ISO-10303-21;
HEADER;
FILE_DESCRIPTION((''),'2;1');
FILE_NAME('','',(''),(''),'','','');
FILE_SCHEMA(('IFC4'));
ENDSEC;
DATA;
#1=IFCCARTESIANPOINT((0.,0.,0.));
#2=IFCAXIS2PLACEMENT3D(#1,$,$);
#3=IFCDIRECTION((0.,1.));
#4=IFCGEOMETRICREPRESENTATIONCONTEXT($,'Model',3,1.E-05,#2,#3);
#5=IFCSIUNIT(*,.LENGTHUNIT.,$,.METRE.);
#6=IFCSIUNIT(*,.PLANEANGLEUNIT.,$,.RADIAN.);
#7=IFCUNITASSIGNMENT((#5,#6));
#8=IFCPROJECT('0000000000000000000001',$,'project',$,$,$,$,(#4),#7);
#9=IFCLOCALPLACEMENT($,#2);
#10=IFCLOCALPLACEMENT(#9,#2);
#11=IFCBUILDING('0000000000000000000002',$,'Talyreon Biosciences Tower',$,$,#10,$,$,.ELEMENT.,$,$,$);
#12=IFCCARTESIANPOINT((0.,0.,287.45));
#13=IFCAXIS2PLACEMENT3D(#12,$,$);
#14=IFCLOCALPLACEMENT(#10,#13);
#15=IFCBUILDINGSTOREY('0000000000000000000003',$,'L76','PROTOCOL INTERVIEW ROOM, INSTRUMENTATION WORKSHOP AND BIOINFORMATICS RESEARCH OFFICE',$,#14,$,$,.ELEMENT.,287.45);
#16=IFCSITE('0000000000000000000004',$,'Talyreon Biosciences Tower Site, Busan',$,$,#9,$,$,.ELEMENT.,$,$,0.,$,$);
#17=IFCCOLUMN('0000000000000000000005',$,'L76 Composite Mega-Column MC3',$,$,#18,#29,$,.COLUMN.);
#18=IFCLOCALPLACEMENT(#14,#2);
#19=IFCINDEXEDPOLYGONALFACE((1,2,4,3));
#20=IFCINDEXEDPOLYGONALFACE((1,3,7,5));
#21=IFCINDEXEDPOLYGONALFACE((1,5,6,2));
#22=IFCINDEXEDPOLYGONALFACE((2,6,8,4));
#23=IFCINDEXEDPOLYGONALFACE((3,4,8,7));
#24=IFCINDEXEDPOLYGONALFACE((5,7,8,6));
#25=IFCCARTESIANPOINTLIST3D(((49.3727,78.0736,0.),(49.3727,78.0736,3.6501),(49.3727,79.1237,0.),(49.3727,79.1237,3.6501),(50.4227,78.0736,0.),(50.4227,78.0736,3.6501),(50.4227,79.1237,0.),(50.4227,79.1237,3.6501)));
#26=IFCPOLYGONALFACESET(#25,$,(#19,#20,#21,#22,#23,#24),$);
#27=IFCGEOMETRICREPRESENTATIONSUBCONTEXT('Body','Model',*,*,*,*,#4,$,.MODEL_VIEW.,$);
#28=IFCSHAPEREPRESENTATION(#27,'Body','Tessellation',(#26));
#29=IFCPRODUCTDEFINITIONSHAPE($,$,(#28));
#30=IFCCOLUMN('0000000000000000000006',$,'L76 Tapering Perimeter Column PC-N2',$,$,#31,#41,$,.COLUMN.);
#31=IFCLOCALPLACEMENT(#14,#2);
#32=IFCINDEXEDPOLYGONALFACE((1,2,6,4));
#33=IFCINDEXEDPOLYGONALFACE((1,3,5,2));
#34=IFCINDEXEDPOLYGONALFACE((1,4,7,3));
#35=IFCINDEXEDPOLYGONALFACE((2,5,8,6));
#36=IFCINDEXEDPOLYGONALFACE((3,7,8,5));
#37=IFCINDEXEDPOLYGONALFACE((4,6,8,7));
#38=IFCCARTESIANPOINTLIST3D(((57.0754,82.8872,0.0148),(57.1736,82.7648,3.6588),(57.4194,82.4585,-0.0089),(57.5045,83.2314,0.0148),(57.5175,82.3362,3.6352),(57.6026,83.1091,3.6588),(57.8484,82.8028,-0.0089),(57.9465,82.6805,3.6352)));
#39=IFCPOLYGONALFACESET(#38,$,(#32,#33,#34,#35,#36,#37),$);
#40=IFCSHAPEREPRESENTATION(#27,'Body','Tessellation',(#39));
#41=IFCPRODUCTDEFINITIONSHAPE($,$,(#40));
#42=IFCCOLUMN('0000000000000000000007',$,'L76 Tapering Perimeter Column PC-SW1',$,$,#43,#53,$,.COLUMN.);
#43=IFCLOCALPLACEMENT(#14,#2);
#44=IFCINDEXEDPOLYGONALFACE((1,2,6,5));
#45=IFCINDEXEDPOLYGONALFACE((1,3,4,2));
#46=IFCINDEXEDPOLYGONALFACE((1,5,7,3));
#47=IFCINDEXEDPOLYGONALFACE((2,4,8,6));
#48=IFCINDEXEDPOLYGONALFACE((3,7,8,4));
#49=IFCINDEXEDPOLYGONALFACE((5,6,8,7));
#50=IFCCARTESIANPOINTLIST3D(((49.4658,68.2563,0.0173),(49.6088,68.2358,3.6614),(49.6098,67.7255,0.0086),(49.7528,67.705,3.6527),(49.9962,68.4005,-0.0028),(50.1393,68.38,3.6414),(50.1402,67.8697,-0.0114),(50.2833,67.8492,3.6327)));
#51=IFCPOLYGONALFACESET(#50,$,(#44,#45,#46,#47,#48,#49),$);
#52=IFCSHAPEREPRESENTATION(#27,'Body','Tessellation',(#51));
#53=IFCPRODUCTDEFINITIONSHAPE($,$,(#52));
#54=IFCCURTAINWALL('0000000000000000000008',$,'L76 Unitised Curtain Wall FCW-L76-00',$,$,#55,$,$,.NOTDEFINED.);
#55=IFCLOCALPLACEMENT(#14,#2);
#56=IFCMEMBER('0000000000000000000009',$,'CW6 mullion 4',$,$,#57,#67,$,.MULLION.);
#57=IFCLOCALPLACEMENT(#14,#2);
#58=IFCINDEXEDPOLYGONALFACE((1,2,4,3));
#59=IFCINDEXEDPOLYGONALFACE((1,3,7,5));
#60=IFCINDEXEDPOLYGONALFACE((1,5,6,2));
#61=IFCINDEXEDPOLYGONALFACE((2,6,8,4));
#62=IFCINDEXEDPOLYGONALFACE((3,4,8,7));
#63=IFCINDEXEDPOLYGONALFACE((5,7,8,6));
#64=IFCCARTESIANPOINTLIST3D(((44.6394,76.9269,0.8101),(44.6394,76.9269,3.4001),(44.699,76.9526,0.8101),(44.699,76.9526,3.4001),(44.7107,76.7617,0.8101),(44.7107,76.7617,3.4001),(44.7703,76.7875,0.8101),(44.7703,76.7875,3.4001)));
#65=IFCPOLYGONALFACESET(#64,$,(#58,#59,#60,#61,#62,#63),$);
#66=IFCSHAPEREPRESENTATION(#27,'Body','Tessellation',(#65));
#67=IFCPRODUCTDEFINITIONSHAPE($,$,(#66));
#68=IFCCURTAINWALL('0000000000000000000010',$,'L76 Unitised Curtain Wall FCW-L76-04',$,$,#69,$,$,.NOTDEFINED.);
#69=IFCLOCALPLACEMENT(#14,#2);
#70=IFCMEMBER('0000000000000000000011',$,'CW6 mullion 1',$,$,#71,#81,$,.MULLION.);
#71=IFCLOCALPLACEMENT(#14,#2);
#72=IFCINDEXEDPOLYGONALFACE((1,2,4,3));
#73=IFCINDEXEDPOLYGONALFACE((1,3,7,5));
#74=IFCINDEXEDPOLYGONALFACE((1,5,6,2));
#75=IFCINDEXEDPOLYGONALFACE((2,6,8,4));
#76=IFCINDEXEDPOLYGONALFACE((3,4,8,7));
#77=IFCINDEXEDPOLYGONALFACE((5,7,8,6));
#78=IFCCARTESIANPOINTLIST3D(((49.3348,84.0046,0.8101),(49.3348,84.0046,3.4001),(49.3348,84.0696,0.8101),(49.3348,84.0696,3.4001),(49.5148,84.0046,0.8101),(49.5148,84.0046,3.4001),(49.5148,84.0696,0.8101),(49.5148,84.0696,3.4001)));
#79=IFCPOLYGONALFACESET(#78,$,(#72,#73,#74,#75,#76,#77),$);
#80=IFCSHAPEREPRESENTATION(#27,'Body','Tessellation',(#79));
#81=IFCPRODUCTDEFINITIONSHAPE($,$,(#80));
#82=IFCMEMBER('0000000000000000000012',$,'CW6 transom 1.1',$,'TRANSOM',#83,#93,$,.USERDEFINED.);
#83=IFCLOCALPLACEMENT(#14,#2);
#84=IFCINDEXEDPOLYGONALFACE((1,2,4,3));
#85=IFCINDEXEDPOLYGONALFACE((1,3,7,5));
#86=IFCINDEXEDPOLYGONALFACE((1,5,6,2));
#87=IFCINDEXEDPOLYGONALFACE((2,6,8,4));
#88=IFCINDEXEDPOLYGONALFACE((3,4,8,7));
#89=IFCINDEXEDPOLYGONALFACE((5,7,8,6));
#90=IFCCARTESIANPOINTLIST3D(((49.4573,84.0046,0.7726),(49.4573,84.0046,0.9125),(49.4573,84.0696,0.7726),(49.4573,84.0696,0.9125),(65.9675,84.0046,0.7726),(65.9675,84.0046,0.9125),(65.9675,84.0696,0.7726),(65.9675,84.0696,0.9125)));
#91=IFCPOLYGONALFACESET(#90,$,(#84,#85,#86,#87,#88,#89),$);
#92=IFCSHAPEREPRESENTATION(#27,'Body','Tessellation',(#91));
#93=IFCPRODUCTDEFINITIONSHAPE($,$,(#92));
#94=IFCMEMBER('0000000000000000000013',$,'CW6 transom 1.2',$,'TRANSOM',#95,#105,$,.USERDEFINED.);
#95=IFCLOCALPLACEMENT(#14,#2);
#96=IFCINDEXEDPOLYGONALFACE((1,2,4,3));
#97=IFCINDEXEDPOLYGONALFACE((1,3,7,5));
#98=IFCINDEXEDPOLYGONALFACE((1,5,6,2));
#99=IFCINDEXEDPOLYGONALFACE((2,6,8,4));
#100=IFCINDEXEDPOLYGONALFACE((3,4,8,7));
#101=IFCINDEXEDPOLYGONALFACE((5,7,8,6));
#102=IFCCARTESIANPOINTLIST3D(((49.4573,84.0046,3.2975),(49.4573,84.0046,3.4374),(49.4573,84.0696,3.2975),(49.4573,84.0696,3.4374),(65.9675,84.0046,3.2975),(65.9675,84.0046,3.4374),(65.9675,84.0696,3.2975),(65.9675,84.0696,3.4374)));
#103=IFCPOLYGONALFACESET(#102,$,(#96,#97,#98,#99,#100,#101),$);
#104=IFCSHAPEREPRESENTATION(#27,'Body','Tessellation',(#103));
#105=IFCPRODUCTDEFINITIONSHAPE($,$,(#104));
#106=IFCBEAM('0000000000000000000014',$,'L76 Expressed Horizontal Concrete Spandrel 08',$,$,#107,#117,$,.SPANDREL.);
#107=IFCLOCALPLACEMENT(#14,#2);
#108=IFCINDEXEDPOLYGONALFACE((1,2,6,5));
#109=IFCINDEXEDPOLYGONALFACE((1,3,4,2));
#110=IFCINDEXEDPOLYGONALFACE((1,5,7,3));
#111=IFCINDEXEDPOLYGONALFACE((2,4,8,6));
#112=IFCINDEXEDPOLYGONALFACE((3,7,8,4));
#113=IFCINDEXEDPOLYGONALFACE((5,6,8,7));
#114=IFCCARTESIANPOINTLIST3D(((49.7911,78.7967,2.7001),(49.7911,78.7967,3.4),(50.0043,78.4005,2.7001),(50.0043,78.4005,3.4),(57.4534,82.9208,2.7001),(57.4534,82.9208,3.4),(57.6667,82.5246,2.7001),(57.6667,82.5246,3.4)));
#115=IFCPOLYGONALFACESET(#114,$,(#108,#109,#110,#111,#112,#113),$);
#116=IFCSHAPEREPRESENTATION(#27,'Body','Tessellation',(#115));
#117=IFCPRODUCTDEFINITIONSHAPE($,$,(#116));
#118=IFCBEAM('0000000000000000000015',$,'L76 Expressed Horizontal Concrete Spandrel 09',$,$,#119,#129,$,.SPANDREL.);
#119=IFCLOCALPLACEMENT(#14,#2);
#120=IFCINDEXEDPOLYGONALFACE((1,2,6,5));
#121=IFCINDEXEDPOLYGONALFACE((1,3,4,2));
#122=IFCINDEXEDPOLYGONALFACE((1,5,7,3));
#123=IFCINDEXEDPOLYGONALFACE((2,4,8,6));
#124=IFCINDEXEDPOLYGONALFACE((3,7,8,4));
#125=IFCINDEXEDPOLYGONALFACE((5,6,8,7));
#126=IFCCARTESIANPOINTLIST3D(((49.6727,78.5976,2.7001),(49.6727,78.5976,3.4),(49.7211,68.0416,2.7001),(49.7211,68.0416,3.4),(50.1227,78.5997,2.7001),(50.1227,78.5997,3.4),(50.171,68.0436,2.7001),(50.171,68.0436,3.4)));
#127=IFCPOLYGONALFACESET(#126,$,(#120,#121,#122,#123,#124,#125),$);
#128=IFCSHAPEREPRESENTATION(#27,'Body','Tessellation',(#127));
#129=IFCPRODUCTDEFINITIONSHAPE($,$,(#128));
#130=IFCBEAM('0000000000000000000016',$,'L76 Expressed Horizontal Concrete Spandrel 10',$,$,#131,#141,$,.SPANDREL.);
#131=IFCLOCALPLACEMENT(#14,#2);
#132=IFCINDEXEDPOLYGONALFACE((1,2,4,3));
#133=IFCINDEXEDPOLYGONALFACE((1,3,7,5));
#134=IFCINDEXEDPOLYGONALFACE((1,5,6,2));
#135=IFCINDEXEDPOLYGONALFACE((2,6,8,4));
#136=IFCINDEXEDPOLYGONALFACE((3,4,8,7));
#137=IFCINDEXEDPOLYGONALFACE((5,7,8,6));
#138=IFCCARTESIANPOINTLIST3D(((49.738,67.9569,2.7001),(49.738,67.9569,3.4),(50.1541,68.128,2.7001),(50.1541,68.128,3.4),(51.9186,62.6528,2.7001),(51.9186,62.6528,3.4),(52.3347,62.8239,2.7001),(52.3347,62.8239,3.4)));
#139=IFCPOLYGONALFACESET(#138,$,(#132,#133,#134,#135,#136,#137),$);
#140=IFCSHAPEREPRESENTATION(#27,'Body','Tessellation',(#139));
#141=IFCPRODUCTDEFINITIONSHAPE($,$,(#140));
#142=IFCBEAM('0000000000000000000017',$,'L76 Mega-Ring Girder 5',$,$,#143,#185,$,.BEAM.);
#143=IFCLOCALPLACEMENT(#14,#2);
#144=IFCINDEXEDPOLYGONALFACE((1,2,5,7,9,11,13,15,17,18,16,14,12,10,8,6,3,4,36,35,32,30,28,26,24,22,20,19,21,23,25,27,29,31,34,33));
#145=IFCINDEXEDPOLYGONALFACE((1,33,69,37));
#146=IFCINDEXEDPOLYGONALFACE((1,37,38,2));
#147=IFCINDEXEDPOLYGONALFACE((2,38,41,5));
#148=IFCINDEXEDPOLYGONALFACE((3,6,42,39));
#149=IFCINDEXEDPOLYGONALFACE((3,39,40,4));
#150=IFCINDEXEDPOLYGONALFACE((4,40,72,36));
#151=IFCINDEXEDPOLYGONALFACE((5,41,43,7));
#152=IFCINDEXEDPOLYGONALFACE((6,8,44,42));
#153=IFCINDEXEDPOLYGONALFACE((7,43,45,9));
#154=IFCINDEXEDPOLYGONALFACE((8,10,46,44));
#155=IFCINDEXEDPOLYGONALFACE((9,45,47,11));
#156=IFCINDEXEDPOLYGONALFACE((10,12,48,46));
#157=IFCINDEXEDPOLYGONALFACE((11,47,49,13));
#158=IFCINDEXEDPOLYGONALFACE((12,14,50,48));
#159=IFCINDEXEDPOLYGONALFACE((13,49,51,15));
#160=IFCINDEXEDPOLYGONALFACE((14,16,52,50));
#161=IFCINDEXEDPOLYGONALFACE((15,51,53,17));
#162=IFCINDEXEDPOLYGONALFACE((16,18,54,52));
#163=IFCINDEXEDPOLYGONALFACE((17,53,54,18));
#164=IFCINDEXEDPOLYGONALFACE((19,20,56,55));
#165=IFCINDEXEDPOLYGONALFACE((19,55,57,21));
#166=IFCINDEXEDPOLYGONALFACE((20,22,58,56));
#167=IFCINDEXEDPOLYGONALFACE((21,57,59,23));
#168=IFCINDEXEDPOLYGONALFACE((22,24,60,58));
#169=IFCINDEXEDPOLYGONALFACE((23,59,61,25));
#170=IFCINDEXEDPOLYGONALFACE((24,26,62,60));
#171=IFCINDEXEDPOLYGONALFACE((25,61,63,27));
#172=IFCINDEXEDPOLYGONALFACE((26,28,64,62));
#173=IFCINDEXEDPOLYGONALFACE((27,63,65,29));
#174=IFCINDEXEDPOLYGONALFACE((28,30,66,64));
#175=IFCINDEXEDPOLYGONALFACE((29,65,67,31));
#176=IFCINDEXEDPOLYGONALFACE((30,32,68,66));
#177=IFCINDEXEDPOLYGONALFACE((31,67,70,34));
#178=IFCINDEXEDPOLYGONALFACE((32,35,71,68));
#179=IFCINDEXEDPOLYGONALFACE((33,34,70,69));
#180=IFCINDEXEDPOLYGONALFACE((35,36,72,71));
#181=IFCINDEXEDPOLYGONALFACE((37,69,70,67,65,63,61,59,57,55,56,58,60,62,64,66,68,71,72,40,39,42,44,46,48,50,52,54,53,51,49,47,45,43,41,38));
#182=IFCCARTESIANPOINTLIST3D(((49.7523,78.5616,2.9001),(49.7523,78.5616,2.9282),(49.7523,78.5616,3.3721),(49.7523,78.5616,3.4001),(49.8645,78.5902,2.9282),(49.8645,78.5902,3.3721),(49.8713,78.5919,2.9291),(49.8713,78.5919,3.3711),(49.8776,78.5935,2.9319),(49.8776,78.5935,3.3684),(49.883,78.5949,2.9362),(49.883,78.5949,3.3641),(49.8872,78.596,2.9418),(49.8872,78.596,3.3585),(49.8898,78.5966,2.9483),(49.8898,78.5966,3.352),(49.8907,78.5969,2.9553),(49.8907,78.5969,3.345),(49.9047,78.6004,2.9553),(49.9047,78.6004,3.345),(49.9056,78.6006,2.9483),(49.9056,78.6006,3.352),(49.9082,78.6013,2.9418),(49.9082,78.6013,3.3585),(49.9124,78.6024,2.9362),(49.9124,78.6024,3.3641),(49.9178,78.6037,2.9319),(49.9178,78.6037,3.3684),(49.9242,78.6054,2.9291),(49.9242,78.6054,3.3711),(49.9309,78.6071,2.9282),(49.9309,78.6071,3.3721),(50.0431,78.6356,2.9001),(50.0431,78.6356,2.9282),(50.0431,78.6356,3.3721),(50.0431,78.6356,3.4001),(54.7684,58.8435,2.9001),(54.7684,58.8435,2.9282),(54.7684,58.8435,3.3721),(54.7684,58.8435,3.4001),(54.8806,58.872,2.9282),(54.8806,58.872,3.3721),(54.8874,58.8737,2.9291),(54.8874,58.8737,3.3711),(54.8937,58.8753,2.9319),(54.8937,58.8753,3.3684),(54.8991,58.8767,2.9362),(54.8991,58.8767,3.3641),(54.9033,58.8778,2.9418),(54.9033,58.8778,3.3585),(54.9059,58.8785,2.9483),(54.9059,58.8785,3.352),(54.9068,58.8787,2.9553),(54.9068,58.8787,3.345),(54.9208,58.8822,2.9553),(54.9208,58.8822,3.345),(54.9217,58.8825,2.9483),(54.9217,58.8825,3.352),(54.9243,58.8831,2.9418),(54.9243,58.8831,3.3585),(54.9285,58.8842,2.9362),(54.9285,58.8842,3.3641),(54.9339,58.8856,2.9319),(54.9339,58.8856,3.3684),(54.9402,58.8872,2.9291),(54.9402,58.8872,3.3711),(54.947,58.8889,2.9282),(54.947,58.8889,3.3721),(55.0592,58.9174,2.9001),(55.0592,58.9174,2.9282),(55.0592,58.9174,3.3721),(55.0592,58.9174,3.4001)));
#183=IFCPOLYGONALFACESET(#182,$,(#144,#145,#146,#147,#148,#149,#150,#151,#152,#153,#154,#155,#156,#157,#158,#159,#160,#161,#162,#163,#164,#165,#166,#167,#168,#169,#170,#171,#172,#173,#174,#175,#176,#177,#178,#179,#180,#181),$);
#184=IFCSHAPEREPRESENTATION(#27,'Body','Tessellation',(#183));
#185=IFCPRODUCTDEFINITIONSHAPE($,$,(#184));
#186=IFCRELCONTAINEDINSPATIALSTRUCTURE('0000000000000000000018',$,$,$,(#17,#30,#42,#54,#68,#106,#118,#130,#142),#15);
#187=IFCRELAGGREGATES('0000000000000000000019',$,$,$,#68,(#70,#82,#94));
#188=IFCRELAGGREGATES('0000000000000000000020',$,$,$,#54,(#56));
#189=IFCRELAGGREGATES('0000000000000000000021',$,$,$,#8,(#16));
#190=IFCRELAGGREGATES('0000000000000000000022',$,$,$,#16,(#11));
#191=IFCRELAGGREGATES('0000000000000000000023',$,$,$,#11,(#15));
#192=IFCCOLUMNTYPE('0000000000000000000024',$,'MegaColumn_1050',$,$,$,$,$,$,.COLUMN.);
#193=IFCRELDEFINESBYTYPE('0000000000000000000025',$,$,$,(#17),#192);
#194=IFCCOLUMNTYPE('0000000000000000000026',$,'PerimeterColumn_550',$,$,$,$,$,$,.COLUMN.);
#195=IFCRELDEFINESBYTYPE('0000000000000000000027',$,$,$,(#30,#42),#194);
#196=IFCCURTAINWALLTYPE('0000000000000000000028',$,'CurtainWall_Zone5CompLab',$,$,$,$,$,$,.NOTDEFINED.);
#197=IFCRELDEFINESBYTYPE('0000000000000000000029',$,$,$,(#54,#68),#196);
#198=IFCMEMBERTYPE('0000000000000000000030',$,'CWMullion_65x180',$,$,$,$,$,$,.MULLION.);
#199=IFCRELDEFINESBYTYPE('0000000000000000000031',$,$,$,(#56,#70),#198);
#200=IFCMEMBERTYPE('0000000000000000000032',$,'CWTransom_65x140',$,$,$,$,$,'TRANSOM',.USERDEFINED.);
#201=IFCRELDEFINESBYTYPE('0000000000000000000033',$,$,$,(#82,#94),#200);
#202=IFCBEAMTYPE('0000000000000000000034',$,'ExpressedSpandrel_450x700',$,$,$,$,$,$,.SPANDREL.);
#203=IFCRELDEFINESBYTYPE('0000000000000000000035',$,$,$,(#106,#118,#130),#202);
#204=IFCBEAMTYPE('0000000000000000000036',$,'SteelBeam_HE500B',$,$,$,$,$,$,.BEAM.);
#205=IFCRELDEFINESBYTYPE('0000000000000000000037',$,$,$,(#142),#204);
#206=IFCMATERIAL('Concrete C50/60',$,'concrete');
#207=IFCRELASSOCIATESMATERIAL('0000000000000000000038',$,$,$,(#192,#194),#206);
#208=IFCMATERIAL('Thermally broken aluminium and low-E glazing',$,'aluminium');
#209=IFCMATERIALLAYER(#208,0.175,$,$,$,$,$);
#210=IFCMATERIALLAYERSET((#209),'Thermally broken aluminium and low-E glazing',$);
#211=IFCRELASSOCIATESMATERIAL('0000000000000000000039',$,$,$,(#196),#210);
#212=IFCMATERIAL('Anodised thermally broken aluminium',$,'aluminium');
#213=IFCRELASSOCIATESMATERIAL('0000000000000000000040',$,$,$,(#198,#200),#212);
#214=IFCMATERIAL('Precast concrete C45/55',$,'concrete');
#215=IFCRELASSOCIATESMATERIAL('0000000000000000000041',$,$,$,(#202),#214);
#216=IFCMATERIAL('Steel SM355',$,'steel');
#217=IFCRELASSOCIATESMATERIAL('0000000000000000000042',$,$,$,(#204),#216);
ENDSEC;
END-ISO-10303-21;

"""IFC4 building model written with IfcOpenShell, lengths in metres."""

from ifc_helpers import new_model, si_unit, direction, frame, origin, origin_2d, place, context, subcontext, project, spatial, rectangle, i_section, extrude, material, layer, layer_set, material_profile, profile_set, type_object, element, aggregate, save


model = new_model("IFC4")

# Units and contexts
model_context = context("Model", 3, precision=1e-05, world=origin(), true_north=direction((0.0, 1.0)))
body_context = subcontext(model_context, "Body", "Model", "MODEL_VIEW")
ifc_project = project(units=[si_unit("LENGTHUNIT", "METRE"), si_unit("PLANEANGLEUNIT", "RADIAN")], contexts=[model_context])

# Site, building, storey
site_placement = place(None, origin())
site = spatial("IfcSite", under=ifc_project, at=site_placement, Name="Talyreon Biosciences Tower Site, Busan", CompositionType="ELEMENT", RefElevation=0.0)
building_placement = place(site_placement, origin())
building = spatial("IfcBuilding", under=site, at=building_placement, Name="Talyreon Biosciences Tower", CompositionType="ELEMENT")
storey_placement = place(building_placement, frame((0.0, 0.0, 287.45)))
storey = spatial("IfcBuildingStorey", under=building, at=storey_placement, Name="L76", Description="PROTOCOL INTERVIEW ROOM, INSTRUMENTATION WORKSHOP AND BIOINFORMATICS RESEARCH OFFICE", CompositionType="ELEMENT", Elevation=287.45)

# Columns
ifc_material_1 = material(Name="Concrete C50/60", Category="concrete")
ifc_material_profile_1 = material_profile(ifc_material_1, rectangle(XDim=1.05, YDim=1.05, at=origin_2d()), Name="RC 1050x1050")
ifc_profile_set_1 = profile_set([ifc_material_profile_1], Name="Concrete C50/60")
column_type_1 = type_object("IfcColumnType", Name="MegaColumn_1050", PredefinedType="COLUMN", material=ifc_profile_set_1)
column_1_placement = place(storey_placement, frame((49.8977, 78.5986, 0.0), z_axis=(0.0, 0.0, 1.0), x_axis=(1.0, 0.0, 0.0)))
element("IfcColumn", 1, at=column_1_placement, inside=storey, type_object=column_type_1, Name="L76 Composite Mega-Column MC3", PredefinedType="COLUMN", context=body_context, shape_type="SweptSolid", body=[
    extrude(rectangle(XDim=1.05, YDim=1.05, at=origin_2d()), origin(), (0.0, 0.0, 1.0), 3.6501),
])
ifc_material_profile_2 = material_profile(ifc_material_1, rectangle(XDim=0.55, YDim=0.55, at=origin_2d()), Name="RC 550x550")
ifc_profile_set_2 = profile_set([ifc_material_profile_2], Name="Concrete C50/60")
column_type_2 = type_object("IfcColumnType", Name="PerimeterColumn_550", PredefinedType="COLUMN", material=ifc_profile_set_2)
column_2_placement = place(storey_placement, frame((57.4619, 82.845, 0.0029), z_axis=(0.026908, -0.033535, 0.999075), x_axis=(-0.779957, -0.625834, 0.0)))
element("IfcColumn", 2, at=column_2_placement, inside=storey, type_object=column_type_2, Name="L76 Tapering Perimeter Column PC-N2", PredefinedType="COLUMN", context=body_context, shape_type="SweptSolid", body=[
    extrude(rectangle(XDim=0.55, YDim=0.55, at=origin_2d()), origin(), (0.0, 0.0, 1.0), 3.6475),
])
column_3_placement = place(storey_placement, frame((49.803, 68.063, 0.0029), z_axis=(0.03923, -0.005623, 0.999214), x_axis=(0.964318, 0.262233, -0.036384)))
element("IfcColumn", 3, at=column_3_placement, inside=storey, type_object=column_type_2, Name="L76 Tapering Perimeter Column PC-SW1", PredefinedType="COLUMN", context=body_context, shape_type="SweptSolid", body=[
    extrude(rectangle(XDim=0.55, YDim=0.55, at=origin_2d()), origin(), (0.0, 0.0, 1.0), 3.647),
])

# Curtain wall, member
ifc_material_2 = material(Name="Thermally broken aluminium and low-E glazing", Category="aluminium")
ifc_layer_1 = layer(ifc_material_2, 0.175)
ifc_layer_set_1 = layer_set([ifc_layer_1], Name="Thermally broken aluminium and low-E glazing")
curtain_wall_type = type_object("IfcCurtainWallType", Name="CurtainWall_Zone5CompLab", PredefinedType="NOTDEFINED", material=ifc_layer_set_1)
curtain_wall_1_placement = place(storey_placement, origin())
curtain_wall_1 = element("IfcCurtainWall", 4, at=curtain_wall_1_placement, inside=storey, type_object=curtain_wall_type, Name="L76 Unitised Curtain Wall FCW-L76-00", PredefinedType="NOTDEFINED")
ifc_material_3 = material(Name="Anodised thermally broken aluminium", Category="aluminium")
ifc_material_profile_3 = material_profile(ifc_material_3, rectangle(XDim=0.0649, YDim=0.1799, at=origin_2d()), Name="ALUM MULLION 65x180")
ifc_profile_set_3 = profile_set([ifc_material_profile_3], Name="Anodised thermally broken aluminium")
member_type_1 = type_object("IfcMemberType", Name="CWMullion_65x180", PredefinedType="MULLION", material=ifc_profile_set_3)
member_1_placement = place(storey_placement, frame((44.7048, 76.8572, 0.8101), z_axis=(0.0, 0.0, 1.0), x_axis=(-0.918022, -0.396528, 0.0)))
member_1 = element("IfcMember", 5, at=member_1_placement, type_object=member_type_1, Name="CW6 mullion 4", PredefinedType="MULLION", context=body_context, shape_type="SweptSolid", body=[
    extrude(rectangle(XDim=0.0649, YDim=0.1799, at=origin_2d()), origin(), (0.0, 0.0, 1.0), 2.5901),
])

# Curtain wall, members
curtain_wall_2_placement = place(storey_placement, origin())
curtain_wall_2 = element("IfcCurtainWall", 6, at=curtain_wall_2_placement, inside=storey, type_object=curtain_wall_type, Name="L76 Unitised Curtain Wall FCW-L76-04", PredefinedType="NOTDEFINED")
member_2_placement = place(storey_placement, frame((49.4248, 84.0371, 0.8101), z_axis=(0.0, 0.0, 1.0), x_axis=(0.0, 1.0, 0.0)))
member_2 = element("IfcMember", 7, at=member_2_placement, type_object=member_type_1, Name="CW6 mullion 1", PredefinedType="MULLION", context=body_context, shape_type="SweptSolid", body=[
    extrude(rectangle(XDim=0.0649, YDim=0.1799, at=origin_2d()), origin(), (0.0, 0.0, 1.0), 2.5901),
])
ifc_material_profile_4 = material_profile(ifc_material_3, rectangle(XDim=0.0649, YDim=0.1399, at=origin_2d()), Name="ALUM TRANSOM 65x140")
ifc_profile_set_4 = profile_set([ifc_material_profile_4], Name="Anodised thermally broken aluminium")
member_type_2 = type_object("IfcMemberType", Name="CWTransom_65x140", ElementType="TRANSOM", PredefinedType="USERDEFINED", material=ifc_profile_set_4)
member_3_placement = place(storey_placement, frame((49.4573, 84.0371, 0.8425), z_axis=(1.0, 0.0, 0.0), x_axis=(0.0, 1.0, 0.0)))
member_3 = element("IfcMember", 8, at=member_3_placement, type_object=member_type_2, Name="CW6 transom 1.1", ObjectType="TRANSOM", PredefinedType="USERDEFINED", context=body_context, shape_type="SweptSolid", body=[
    extrude(rectangle(XDim=0.0649, YDim=0.1399, at=origin_2d()), origin(), (0.0, 0.0, 1.0), 16.5103),
])
member_4_placement = place(storey_placement, frame((49.4573, 84.0371, 3.3674), z_axis=(1.0, 0.0, 0.0), x_axis=(0.0, 1.0, 0.0)))
member_4 = element("IfcMember", 9, at=member_4_placement, type_object=member_type_2, Name="CW6 transom 1.2", ObjectType="TRANSOM", PredefinedType="USERDEFINED", context=body_context, shape_type="SweptSolid", body=[
    extrude(rectangle(XDim=0.0649, YDim=0.1399, at=origin_2d()), origin(), (0.0, 0.0, 1.0), 16.5103),
])
aggregate(curtain_wall_2, [member_2, member_3, member_4])

# Beams
ifc_material_4 = material(Name="Precast concrete C45/55", Category="concrete")
ifc_material_profile_5 = material_profile(ifc_material_4, rectangle(XDim=0.45, YDim=0.7, at=origin_2d()), Name="RCB 450x700")
ifc_profile_set_5 = profile_set([ifc_material_profile_5], Name="Precast concrete C45/55")
beam_type_1 = type_object("IfcBeamType", Name="ExpressedSpandrel_450x700", PredefinedType="SPANDREL", material=ifc_profile_set_5)
beam_1_placement = place(storey_placement, frame((57.5601, 82.7227, 3.05), z_axis=(-0.88056, -0.473934, 0.0), x_axis=(0.473934, -0.88056, 0.0)))
element("IfcBeam", 10, at=beam_1_placement, inside=storey, type_object=beam_type_1, Name="L76 Expressed Horizontal Concrete Spandrel 08", PredefinedType="SPANDREL", context=body_context, shape_type="SweptSolid", body=[
    extrude(rectangle(XDim=0.45, YDim=0.7, at=origin_2d()), origin(), (0.0, 0.0, 1.0), 8.7017),
])
beam_2_placement = place(storey_placement, frame((49.8977, 78.5986, 3.05), z_axis=(0.004579, -0.99999, 0.0), x_axis=(0.99999, 0.004579, 0.0)))
element("IfcBeam", 11, at=beam_2_placement, inside=storey, type_object=beam_type_1, Name="L76 Expressed Horizontal Concrete Spandrel 09", PredefinedType="SPANDREL", context=body_context, shape_type="SweptSolid", body=[
    extrude(rectangle(XDim=0.45, YDim=0.7, at=origin_2d()), origin(), (0.0, 0.0, 1.0), 10.5562),
])
beam_3_placement = place(storey_placement, frame((49.946, 68.0425, 3.05), z_axis=(0.38024, -0.924888, 0.0), x_axis=(0.924888, 0.38024, 0.0)))
element("IfcBeam", 12, at=beam_3_placement, inside=storey, type_object=beam_type_1, Name="L76 Expressed Horizontal Concrete Spandrel 10", PredefinedType="SPANDREL", context=body_context, shape_type="SweptSolid", body=[
    extrude(rectangle(XDim=0.45, YDim=0.7, at=origin_2d()), origin(), (0.0, 0.0, 1.0), 5.7349),
])
ifc_material_5 = material(Name="Steel SM355", Category="steel")
ifc_material_profile_6 = material_profile(ifc_material_5, i_section(OverallWidth=0.3, OverallDepth=0.5, WebThickness=0.0144, FlangeThickness=0.0281, FilletRadius=0.0271, at=origin_2d()), Name="HE500B")
ifc_profile_set_6 = profile_set([ifc_material_profile_6], Name="Steel SM355")
beam_type_2 = type_object("IfcBeamType", Name="SteelBeam_HE500B", PredefinedType="BEAM", material=ifc_profile_set_6)
beam_4_placement = place(storey_placement, frame((49.8977, 78.5986, 3.1501), z_axis=(0.246537, -0.969133, 0.0), x_axis=(0.969133, 0.246537, 0.0)))
element("IfcBeam", 13, at=beam_4_placement, inside=storey, type_object=beam_type_2, Name="L76 Mega-Ring Girder 5", PredefinedType="BEAM", context=body_context, shape_type="SweptSolid", body=[
    extrude(i_section(OverallWidth=0.3, OverallDepth=0.5, WebThickness=0.0144, FlangeThickness=0.0281, FilletRadius=0.0271, at=origin_2d()), origin(), (0.0, 0.0, 1.0), 20.3462),
])

aggregate(curtain_wall_1, [member_1])

save(model, "model.ifc")
